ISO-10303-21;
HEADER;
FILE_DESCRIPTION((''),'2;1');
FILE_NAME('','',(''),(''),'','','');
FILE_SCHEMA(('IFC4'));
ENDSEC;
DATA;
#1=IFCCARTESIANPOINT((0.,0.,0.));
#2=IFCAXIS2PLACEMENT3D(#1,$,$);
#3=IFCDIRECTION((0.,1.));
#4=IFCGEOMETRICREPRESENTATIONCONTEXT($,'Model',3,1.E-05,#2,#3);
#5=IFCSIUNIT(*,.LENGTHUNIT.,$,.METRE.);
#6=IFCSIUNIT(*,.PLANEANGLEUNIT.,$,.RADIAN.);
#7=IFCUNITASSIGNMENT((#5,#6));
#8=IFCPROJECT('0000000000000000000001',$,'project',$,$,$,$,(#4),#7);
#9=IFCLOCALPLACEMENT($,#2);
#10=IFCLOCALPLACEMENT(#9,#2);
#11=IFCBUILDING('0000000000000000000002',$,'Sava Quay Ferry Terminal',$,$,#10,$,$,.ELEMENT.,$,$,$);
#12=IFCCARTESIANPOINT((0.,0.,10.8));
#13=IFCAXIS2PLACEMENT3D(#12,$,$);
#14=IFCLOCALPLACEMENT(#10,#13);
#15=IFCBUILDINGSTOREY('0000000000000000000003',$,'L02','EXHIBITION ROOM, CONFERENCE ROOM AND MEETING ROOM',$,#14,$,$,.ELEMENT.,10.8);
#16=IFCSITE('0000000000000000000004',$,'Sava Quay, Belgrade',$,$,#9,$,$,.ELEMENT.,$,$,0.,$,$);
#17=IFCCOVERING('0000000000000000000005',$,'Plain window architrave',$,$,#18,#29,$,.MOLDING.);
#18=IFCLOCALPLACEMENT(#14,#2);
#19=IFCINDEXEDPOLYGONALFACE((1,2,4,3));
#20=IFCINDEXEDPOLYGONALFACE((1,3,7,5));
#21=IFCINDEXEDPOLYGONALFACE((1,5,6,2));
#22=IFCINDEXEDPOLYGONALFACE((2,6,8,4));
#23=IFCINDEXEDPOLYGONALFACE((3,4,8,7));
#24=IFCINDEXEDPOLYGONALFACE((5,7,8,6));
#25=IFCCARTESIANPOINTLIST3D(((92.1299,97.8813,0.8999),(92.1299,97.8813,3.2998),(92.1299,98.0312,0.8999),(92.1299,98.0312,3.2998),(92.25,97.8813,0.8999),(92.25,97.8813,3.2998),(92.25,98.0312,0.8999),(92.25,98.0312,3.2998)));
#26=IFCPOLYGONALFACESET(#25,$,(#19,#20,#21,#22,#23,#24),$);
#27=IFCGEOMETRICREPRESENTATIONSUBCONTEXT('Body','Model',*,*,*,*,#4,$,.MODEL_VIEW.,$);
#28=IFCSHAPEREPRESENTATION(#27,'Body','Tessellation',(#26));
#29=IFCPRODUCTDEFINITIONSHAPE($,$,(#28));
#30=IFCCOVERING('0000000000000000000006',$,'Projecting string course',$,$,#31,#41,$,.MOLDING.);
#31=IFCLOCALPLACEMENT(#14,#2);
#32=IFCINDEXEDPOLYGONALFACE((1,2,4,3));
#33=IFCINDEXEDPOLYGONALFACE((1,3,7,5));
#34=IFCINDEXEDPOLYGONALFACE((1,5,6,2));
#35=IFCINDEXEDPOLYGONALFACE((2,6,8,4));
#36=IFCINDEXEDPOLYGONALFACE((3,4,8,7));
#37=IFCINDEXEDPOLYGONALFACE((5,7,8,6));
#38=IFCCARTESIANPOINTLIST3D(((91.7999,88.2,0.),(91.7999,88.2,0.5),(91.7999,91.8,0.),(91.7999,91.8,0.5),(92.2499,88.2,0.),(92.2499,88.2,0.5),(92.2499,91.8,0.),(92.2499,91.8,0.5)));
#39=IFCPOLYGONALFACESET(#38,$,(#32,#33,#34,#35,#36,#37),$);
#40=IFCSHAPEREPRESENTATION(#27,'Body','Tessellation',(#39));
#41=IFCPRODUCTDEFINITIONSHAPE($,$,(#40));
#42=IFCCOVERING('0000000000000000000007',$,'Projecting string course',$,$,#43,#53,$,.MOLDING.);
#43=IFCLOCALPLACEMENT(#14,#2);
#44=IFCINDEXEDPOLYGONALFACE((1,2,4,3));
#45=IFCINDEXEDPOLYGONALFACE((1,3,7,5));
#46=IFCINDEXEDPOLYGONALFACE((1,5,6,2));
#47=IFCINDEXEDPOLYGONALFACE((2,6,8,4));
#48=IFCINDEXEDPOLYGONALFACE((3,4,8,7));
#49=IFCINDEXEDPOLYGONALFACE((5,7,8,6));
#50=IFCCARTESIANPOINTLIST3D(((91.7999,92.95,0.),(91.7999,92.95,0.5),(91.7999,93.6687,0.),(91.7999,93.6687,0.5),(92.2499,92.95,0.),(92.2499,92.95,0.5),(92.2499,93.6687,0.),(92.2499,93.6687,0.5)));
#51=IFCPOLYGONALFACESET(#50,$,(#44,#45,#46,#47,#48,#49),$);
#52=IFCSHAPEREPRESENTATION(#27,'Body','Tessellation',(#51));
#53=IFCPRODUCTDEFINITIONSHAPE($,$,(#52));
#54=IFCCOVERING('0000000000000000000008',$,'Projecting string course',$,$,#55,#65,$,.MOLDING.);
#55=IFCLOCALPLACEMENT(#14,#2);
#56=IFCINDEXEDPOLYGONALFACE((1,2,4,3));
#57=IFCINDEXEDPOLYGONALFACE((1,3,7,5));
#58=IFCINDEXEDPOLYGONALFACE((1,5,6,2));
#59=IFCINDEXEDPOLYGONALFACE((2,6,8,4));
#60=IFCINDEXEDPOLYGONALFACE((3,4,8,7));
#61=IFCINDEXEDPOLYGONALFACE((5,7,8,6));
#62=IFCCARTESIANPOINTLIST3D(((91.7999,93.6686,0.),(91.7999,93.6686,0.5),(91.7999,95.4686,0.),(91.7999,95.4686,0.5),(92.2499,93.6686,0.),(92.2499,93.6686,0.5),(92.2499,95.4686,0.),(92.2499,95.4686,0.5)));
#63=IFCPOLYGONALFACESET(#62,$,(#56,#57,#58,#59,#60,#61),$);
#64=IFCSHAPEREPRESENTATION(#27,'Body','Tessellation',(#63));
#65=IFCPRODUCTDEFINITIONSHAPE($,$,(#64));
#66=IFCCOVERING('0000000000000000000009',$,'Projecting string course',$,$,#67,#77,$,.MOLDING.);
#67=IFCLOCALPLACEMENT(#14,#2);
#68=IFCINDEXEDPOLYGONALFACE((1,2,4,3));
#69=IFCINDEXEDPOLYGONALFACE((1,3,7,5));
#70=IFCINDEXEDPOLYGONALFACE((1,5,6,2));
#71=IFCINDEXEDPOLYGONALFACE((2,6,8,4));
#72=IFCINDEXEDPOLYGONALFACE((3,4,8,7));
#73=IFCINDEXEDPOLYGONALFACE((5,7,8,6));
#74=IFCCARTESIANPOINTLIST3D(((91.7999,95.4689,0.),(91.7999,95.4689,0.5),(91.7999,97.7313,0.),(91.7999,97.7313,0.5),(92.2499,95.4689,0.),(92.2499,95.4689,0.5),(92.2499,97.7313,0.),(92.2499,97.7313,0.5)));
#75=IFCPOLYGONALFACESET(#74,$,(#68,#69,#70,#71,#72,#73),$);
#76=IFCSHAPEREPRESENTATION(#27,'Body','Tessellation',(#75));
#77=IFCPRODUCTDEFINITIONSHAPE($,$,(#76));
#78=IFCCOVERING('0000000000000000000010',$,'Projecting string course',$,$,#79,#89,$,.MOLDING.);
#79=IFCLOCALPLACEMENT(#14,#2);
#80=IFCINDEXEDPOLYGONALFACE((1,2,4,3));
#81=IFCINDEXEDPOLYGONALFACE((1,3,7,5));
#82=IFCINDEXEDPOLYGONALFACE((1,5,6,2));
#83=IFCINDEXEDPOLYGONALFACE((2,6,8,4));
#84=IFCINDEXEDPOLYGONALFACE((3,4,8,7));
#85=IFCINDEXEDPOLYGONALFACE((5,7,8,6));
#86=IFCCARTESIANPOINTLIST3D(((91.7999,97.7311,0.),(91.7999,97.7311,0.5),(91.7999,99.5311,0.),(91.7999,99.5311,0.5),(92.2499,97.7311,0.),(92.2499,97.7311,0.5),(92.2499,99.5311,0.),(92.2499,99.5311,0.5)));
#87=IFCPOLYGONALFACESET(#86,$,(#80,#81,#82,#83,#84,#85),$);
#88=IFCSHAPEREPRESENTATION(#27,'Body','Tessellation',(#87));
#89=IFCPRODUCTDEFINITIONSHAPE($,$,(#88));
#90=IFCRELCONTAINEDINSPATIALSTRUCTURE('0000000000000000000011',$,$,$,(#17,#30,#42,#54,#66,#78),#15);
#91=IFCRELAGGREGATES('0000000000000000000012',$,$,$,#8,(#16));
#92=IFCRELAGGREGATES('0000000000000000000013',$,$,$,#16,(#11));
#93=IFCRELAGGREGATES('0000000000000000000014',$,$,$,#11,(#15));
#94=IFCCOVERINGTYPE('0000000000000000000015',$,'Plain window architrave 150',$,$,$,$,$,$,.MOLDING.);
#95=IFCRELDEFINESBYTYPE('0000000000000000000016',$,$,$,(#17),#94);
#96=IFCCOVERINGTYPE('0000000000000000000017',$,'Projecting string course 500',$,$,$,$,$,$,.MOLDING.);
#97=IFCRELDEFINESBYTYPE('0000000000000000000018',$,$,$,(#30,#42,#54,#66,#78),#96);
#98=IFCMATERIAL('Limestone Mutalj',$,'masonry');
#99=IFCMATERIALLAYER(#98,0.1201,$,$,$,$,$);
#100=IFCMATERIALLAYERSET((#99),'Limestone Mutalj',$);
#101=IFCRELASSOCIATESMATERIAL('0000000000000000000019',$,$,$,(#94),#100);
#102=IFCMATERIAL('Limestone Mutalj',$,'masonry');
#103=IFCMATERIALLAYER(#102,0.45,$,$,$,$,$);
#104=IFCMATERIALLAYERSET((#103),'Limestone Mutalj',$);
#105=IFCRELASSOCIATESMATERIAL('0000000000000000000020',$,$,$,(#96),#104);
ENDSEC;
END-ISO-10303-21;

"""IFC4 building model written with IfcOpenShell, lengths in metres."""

from ifc_helpers import new_model, si_unit, direction, frame, origin, origin_2d, place, context, subcontext, project, spatial, rectangle, extrude, material, layer, layer_set, type_object, element, save


model = new_model("IFC4")

# Units and contexts
model_context = context("Model", 3, precision=1e-05, world=origin(), true_north=direction((0.0, 1.0)))
body_context = subcontext(model_context, "Body", "Model", "MODEL_VIEW")
ifc_project = project(units=[si_unit("LENGTHUNIT", "METRE"), si_unit("PLANEANGLEUNIT", "RADIAN")], contexts=[model_context])

# Site, building, storey
site_placement = place(None, origin())
site = spatial("IfcSite", under=ifc_project, at=site_placement, Name="Sava Quay, Belgrade", CompositionType="ELEMENT", RefElevation=0.0)
building_placement = place(site_placement, origin())
building = spatial("IfcBuilding", under=site, at=building_placement, Name="Sava Quay Ferry Terminal", CompositionType="ELEMENT")
storey_placement = place(building_placement, frame((0.0, 0.0, 10.8)))
storey = spatial("IfcBuildingStorey", under=building, at=storey_placement, Name="L02", Description="EXHIBITION ROOM, CONFERENCE ROOM AND MEETING ROOM", CompositionType="ELEMENT", Elevation=10.8)

# Coverings
ifc_material_1 = material(Name="Limestone Mutalj", Category="masonry")
ifc_layer_1 = layer(ifc_material_1, 0.1201)
ifc_layer_set_1 = layer_set([ifc_layer_1], Name="Limestone Mutalj")
covering_type_1 = type_object("IfcCoveringType", Name="Plain window architrave 150", PredefinedType="MOLDING", material=ifc_layer_set_1)
covering_1_placement = place(storey_placement, frame((92.1899, 97.9563, 0.8999), z_axis=(0.0, 0.0, 1.0), x_axis=(1.0, 0.0, 0.0)))
element("IfcCovering", 1, at=covering_1_placement, inside=storey, type_object=covering_type_1, Name="Plain window architrave", PredefinedType="MOLDING", context=body_context, shape_type="SweptSolid", body=[
    extrude(rectangle(XDim=0.1201, YDim=0.1499, at=origin_2d()), origin(), (0.0, 0.0, 1.0), 2.3999),
])
ifc_material_2 = material(Name="Limestone Mutalj", Category="masonry")
ifc_layer_2 = layer(ifc_material_2, 0.45)
ifc_layer_set_2 = layer_set([ifc_layer_2], Name="Limestone Mutalj")
covering_type_2 = type_object("IfcCoveringType", Name="Projecting string course 500", PredefinedType="MOLDING", material=ifc_layer_set_2)
covering_2_placement = place(storey_placement, frame((92.0249, 90.0, 0.0), z_axis=(0.0, 0.0, 1.0), x_axis=(1.0, 0.0, 0.0)))
element("IfcCovering", 2, at=covering_2_placement, inside=storey, type_object=covering_type_2, Name="Projecting string course", PredefinedType="MOLDING", context=body_context, shape_type="SweptSolid", body=[
    extrude(rectangle(XDim=0.45, YDim=3.6001, at=origin_2d()), origin(), (0.0, 0.0, 1.0), 0.5),
])
covering_3_placement = place(storey_placement, frame((92.0249, 93.3093, 0.0), z_axis=(0.0, 0.0, 1.0), x_axis=(1.0, 0.0, 0.0)))
element("IfcCovering", 3, at=covering_3_placement, inside=storey, type_object=covering_type_2, Name="Projecting string course", PredefinedType="MOLDING", context=body_context, shape_type="SweptSolid", body=[
    extrude(rectangle(XDim=0.45, YDim=0.7188, at=origin_2d()), origin(), (0.0, 0.0, 1.0), 0.5),
])
covering_4_placement = place(storey_placement, frame((92.0249, 94.5686, 0.0), z_axis=(0.0, 0.0, 1.0), x_axis=(1.0, 0.0, 0.0)))
element("IfcCovering", 4, at=covering_4_placement, inside=storey, type_object=covering_type_2, Name="Projecting string course", PredefinedType="MOLDING", context=body_context, shape_type="SweptSolid", body=[
    extrude(rectangle(XDim=0.45, YDim=1.8, at=origin_2d()), origin(), (0.0, 0.0, 1.0), 0.5),
])
covering_5_placement = place(storey_placement, frame((92.0249, 96.6001, 0.0), z_axis=(0.0, 0.0, 1.0), x_axis=(1.0, 0.0, 0.0)))
element("IfcCovering", 5, at=covering_5_placement, inside=storey, type_object=covering_type_2, Name="Projecting string course", PredefinedType="MOLDING", context=body_context, shape_type="SweptSolid", body=[
    extrude(rectangle(XDim=0.45, YDim=2.2625, at=origin_2d()), origin(), (0.0, 0.0, 1.0), 0.5),
])
covering_6_placement = place(storey_placement, frame((92.0249, 98.6311, 0.0), z_axis=(0.0, 0.0, 1.0), x_axis=(1.0, 0.0, 0.0)))
element("IfcCovering", 6, at=covering_6_placement, inside=storey, type_object=covering_type_2, Name="Projecting string course", PredefinedType="MOLDING", context=body_context, shape_type="SweptSolid", body=[
    extrude(rectangle(XDim=0.45, YDim=1.8, at=origin_2d()), origin(), (0.0, 0.0, 1.0), 0.5),
])

save(model, "model.ifc")
